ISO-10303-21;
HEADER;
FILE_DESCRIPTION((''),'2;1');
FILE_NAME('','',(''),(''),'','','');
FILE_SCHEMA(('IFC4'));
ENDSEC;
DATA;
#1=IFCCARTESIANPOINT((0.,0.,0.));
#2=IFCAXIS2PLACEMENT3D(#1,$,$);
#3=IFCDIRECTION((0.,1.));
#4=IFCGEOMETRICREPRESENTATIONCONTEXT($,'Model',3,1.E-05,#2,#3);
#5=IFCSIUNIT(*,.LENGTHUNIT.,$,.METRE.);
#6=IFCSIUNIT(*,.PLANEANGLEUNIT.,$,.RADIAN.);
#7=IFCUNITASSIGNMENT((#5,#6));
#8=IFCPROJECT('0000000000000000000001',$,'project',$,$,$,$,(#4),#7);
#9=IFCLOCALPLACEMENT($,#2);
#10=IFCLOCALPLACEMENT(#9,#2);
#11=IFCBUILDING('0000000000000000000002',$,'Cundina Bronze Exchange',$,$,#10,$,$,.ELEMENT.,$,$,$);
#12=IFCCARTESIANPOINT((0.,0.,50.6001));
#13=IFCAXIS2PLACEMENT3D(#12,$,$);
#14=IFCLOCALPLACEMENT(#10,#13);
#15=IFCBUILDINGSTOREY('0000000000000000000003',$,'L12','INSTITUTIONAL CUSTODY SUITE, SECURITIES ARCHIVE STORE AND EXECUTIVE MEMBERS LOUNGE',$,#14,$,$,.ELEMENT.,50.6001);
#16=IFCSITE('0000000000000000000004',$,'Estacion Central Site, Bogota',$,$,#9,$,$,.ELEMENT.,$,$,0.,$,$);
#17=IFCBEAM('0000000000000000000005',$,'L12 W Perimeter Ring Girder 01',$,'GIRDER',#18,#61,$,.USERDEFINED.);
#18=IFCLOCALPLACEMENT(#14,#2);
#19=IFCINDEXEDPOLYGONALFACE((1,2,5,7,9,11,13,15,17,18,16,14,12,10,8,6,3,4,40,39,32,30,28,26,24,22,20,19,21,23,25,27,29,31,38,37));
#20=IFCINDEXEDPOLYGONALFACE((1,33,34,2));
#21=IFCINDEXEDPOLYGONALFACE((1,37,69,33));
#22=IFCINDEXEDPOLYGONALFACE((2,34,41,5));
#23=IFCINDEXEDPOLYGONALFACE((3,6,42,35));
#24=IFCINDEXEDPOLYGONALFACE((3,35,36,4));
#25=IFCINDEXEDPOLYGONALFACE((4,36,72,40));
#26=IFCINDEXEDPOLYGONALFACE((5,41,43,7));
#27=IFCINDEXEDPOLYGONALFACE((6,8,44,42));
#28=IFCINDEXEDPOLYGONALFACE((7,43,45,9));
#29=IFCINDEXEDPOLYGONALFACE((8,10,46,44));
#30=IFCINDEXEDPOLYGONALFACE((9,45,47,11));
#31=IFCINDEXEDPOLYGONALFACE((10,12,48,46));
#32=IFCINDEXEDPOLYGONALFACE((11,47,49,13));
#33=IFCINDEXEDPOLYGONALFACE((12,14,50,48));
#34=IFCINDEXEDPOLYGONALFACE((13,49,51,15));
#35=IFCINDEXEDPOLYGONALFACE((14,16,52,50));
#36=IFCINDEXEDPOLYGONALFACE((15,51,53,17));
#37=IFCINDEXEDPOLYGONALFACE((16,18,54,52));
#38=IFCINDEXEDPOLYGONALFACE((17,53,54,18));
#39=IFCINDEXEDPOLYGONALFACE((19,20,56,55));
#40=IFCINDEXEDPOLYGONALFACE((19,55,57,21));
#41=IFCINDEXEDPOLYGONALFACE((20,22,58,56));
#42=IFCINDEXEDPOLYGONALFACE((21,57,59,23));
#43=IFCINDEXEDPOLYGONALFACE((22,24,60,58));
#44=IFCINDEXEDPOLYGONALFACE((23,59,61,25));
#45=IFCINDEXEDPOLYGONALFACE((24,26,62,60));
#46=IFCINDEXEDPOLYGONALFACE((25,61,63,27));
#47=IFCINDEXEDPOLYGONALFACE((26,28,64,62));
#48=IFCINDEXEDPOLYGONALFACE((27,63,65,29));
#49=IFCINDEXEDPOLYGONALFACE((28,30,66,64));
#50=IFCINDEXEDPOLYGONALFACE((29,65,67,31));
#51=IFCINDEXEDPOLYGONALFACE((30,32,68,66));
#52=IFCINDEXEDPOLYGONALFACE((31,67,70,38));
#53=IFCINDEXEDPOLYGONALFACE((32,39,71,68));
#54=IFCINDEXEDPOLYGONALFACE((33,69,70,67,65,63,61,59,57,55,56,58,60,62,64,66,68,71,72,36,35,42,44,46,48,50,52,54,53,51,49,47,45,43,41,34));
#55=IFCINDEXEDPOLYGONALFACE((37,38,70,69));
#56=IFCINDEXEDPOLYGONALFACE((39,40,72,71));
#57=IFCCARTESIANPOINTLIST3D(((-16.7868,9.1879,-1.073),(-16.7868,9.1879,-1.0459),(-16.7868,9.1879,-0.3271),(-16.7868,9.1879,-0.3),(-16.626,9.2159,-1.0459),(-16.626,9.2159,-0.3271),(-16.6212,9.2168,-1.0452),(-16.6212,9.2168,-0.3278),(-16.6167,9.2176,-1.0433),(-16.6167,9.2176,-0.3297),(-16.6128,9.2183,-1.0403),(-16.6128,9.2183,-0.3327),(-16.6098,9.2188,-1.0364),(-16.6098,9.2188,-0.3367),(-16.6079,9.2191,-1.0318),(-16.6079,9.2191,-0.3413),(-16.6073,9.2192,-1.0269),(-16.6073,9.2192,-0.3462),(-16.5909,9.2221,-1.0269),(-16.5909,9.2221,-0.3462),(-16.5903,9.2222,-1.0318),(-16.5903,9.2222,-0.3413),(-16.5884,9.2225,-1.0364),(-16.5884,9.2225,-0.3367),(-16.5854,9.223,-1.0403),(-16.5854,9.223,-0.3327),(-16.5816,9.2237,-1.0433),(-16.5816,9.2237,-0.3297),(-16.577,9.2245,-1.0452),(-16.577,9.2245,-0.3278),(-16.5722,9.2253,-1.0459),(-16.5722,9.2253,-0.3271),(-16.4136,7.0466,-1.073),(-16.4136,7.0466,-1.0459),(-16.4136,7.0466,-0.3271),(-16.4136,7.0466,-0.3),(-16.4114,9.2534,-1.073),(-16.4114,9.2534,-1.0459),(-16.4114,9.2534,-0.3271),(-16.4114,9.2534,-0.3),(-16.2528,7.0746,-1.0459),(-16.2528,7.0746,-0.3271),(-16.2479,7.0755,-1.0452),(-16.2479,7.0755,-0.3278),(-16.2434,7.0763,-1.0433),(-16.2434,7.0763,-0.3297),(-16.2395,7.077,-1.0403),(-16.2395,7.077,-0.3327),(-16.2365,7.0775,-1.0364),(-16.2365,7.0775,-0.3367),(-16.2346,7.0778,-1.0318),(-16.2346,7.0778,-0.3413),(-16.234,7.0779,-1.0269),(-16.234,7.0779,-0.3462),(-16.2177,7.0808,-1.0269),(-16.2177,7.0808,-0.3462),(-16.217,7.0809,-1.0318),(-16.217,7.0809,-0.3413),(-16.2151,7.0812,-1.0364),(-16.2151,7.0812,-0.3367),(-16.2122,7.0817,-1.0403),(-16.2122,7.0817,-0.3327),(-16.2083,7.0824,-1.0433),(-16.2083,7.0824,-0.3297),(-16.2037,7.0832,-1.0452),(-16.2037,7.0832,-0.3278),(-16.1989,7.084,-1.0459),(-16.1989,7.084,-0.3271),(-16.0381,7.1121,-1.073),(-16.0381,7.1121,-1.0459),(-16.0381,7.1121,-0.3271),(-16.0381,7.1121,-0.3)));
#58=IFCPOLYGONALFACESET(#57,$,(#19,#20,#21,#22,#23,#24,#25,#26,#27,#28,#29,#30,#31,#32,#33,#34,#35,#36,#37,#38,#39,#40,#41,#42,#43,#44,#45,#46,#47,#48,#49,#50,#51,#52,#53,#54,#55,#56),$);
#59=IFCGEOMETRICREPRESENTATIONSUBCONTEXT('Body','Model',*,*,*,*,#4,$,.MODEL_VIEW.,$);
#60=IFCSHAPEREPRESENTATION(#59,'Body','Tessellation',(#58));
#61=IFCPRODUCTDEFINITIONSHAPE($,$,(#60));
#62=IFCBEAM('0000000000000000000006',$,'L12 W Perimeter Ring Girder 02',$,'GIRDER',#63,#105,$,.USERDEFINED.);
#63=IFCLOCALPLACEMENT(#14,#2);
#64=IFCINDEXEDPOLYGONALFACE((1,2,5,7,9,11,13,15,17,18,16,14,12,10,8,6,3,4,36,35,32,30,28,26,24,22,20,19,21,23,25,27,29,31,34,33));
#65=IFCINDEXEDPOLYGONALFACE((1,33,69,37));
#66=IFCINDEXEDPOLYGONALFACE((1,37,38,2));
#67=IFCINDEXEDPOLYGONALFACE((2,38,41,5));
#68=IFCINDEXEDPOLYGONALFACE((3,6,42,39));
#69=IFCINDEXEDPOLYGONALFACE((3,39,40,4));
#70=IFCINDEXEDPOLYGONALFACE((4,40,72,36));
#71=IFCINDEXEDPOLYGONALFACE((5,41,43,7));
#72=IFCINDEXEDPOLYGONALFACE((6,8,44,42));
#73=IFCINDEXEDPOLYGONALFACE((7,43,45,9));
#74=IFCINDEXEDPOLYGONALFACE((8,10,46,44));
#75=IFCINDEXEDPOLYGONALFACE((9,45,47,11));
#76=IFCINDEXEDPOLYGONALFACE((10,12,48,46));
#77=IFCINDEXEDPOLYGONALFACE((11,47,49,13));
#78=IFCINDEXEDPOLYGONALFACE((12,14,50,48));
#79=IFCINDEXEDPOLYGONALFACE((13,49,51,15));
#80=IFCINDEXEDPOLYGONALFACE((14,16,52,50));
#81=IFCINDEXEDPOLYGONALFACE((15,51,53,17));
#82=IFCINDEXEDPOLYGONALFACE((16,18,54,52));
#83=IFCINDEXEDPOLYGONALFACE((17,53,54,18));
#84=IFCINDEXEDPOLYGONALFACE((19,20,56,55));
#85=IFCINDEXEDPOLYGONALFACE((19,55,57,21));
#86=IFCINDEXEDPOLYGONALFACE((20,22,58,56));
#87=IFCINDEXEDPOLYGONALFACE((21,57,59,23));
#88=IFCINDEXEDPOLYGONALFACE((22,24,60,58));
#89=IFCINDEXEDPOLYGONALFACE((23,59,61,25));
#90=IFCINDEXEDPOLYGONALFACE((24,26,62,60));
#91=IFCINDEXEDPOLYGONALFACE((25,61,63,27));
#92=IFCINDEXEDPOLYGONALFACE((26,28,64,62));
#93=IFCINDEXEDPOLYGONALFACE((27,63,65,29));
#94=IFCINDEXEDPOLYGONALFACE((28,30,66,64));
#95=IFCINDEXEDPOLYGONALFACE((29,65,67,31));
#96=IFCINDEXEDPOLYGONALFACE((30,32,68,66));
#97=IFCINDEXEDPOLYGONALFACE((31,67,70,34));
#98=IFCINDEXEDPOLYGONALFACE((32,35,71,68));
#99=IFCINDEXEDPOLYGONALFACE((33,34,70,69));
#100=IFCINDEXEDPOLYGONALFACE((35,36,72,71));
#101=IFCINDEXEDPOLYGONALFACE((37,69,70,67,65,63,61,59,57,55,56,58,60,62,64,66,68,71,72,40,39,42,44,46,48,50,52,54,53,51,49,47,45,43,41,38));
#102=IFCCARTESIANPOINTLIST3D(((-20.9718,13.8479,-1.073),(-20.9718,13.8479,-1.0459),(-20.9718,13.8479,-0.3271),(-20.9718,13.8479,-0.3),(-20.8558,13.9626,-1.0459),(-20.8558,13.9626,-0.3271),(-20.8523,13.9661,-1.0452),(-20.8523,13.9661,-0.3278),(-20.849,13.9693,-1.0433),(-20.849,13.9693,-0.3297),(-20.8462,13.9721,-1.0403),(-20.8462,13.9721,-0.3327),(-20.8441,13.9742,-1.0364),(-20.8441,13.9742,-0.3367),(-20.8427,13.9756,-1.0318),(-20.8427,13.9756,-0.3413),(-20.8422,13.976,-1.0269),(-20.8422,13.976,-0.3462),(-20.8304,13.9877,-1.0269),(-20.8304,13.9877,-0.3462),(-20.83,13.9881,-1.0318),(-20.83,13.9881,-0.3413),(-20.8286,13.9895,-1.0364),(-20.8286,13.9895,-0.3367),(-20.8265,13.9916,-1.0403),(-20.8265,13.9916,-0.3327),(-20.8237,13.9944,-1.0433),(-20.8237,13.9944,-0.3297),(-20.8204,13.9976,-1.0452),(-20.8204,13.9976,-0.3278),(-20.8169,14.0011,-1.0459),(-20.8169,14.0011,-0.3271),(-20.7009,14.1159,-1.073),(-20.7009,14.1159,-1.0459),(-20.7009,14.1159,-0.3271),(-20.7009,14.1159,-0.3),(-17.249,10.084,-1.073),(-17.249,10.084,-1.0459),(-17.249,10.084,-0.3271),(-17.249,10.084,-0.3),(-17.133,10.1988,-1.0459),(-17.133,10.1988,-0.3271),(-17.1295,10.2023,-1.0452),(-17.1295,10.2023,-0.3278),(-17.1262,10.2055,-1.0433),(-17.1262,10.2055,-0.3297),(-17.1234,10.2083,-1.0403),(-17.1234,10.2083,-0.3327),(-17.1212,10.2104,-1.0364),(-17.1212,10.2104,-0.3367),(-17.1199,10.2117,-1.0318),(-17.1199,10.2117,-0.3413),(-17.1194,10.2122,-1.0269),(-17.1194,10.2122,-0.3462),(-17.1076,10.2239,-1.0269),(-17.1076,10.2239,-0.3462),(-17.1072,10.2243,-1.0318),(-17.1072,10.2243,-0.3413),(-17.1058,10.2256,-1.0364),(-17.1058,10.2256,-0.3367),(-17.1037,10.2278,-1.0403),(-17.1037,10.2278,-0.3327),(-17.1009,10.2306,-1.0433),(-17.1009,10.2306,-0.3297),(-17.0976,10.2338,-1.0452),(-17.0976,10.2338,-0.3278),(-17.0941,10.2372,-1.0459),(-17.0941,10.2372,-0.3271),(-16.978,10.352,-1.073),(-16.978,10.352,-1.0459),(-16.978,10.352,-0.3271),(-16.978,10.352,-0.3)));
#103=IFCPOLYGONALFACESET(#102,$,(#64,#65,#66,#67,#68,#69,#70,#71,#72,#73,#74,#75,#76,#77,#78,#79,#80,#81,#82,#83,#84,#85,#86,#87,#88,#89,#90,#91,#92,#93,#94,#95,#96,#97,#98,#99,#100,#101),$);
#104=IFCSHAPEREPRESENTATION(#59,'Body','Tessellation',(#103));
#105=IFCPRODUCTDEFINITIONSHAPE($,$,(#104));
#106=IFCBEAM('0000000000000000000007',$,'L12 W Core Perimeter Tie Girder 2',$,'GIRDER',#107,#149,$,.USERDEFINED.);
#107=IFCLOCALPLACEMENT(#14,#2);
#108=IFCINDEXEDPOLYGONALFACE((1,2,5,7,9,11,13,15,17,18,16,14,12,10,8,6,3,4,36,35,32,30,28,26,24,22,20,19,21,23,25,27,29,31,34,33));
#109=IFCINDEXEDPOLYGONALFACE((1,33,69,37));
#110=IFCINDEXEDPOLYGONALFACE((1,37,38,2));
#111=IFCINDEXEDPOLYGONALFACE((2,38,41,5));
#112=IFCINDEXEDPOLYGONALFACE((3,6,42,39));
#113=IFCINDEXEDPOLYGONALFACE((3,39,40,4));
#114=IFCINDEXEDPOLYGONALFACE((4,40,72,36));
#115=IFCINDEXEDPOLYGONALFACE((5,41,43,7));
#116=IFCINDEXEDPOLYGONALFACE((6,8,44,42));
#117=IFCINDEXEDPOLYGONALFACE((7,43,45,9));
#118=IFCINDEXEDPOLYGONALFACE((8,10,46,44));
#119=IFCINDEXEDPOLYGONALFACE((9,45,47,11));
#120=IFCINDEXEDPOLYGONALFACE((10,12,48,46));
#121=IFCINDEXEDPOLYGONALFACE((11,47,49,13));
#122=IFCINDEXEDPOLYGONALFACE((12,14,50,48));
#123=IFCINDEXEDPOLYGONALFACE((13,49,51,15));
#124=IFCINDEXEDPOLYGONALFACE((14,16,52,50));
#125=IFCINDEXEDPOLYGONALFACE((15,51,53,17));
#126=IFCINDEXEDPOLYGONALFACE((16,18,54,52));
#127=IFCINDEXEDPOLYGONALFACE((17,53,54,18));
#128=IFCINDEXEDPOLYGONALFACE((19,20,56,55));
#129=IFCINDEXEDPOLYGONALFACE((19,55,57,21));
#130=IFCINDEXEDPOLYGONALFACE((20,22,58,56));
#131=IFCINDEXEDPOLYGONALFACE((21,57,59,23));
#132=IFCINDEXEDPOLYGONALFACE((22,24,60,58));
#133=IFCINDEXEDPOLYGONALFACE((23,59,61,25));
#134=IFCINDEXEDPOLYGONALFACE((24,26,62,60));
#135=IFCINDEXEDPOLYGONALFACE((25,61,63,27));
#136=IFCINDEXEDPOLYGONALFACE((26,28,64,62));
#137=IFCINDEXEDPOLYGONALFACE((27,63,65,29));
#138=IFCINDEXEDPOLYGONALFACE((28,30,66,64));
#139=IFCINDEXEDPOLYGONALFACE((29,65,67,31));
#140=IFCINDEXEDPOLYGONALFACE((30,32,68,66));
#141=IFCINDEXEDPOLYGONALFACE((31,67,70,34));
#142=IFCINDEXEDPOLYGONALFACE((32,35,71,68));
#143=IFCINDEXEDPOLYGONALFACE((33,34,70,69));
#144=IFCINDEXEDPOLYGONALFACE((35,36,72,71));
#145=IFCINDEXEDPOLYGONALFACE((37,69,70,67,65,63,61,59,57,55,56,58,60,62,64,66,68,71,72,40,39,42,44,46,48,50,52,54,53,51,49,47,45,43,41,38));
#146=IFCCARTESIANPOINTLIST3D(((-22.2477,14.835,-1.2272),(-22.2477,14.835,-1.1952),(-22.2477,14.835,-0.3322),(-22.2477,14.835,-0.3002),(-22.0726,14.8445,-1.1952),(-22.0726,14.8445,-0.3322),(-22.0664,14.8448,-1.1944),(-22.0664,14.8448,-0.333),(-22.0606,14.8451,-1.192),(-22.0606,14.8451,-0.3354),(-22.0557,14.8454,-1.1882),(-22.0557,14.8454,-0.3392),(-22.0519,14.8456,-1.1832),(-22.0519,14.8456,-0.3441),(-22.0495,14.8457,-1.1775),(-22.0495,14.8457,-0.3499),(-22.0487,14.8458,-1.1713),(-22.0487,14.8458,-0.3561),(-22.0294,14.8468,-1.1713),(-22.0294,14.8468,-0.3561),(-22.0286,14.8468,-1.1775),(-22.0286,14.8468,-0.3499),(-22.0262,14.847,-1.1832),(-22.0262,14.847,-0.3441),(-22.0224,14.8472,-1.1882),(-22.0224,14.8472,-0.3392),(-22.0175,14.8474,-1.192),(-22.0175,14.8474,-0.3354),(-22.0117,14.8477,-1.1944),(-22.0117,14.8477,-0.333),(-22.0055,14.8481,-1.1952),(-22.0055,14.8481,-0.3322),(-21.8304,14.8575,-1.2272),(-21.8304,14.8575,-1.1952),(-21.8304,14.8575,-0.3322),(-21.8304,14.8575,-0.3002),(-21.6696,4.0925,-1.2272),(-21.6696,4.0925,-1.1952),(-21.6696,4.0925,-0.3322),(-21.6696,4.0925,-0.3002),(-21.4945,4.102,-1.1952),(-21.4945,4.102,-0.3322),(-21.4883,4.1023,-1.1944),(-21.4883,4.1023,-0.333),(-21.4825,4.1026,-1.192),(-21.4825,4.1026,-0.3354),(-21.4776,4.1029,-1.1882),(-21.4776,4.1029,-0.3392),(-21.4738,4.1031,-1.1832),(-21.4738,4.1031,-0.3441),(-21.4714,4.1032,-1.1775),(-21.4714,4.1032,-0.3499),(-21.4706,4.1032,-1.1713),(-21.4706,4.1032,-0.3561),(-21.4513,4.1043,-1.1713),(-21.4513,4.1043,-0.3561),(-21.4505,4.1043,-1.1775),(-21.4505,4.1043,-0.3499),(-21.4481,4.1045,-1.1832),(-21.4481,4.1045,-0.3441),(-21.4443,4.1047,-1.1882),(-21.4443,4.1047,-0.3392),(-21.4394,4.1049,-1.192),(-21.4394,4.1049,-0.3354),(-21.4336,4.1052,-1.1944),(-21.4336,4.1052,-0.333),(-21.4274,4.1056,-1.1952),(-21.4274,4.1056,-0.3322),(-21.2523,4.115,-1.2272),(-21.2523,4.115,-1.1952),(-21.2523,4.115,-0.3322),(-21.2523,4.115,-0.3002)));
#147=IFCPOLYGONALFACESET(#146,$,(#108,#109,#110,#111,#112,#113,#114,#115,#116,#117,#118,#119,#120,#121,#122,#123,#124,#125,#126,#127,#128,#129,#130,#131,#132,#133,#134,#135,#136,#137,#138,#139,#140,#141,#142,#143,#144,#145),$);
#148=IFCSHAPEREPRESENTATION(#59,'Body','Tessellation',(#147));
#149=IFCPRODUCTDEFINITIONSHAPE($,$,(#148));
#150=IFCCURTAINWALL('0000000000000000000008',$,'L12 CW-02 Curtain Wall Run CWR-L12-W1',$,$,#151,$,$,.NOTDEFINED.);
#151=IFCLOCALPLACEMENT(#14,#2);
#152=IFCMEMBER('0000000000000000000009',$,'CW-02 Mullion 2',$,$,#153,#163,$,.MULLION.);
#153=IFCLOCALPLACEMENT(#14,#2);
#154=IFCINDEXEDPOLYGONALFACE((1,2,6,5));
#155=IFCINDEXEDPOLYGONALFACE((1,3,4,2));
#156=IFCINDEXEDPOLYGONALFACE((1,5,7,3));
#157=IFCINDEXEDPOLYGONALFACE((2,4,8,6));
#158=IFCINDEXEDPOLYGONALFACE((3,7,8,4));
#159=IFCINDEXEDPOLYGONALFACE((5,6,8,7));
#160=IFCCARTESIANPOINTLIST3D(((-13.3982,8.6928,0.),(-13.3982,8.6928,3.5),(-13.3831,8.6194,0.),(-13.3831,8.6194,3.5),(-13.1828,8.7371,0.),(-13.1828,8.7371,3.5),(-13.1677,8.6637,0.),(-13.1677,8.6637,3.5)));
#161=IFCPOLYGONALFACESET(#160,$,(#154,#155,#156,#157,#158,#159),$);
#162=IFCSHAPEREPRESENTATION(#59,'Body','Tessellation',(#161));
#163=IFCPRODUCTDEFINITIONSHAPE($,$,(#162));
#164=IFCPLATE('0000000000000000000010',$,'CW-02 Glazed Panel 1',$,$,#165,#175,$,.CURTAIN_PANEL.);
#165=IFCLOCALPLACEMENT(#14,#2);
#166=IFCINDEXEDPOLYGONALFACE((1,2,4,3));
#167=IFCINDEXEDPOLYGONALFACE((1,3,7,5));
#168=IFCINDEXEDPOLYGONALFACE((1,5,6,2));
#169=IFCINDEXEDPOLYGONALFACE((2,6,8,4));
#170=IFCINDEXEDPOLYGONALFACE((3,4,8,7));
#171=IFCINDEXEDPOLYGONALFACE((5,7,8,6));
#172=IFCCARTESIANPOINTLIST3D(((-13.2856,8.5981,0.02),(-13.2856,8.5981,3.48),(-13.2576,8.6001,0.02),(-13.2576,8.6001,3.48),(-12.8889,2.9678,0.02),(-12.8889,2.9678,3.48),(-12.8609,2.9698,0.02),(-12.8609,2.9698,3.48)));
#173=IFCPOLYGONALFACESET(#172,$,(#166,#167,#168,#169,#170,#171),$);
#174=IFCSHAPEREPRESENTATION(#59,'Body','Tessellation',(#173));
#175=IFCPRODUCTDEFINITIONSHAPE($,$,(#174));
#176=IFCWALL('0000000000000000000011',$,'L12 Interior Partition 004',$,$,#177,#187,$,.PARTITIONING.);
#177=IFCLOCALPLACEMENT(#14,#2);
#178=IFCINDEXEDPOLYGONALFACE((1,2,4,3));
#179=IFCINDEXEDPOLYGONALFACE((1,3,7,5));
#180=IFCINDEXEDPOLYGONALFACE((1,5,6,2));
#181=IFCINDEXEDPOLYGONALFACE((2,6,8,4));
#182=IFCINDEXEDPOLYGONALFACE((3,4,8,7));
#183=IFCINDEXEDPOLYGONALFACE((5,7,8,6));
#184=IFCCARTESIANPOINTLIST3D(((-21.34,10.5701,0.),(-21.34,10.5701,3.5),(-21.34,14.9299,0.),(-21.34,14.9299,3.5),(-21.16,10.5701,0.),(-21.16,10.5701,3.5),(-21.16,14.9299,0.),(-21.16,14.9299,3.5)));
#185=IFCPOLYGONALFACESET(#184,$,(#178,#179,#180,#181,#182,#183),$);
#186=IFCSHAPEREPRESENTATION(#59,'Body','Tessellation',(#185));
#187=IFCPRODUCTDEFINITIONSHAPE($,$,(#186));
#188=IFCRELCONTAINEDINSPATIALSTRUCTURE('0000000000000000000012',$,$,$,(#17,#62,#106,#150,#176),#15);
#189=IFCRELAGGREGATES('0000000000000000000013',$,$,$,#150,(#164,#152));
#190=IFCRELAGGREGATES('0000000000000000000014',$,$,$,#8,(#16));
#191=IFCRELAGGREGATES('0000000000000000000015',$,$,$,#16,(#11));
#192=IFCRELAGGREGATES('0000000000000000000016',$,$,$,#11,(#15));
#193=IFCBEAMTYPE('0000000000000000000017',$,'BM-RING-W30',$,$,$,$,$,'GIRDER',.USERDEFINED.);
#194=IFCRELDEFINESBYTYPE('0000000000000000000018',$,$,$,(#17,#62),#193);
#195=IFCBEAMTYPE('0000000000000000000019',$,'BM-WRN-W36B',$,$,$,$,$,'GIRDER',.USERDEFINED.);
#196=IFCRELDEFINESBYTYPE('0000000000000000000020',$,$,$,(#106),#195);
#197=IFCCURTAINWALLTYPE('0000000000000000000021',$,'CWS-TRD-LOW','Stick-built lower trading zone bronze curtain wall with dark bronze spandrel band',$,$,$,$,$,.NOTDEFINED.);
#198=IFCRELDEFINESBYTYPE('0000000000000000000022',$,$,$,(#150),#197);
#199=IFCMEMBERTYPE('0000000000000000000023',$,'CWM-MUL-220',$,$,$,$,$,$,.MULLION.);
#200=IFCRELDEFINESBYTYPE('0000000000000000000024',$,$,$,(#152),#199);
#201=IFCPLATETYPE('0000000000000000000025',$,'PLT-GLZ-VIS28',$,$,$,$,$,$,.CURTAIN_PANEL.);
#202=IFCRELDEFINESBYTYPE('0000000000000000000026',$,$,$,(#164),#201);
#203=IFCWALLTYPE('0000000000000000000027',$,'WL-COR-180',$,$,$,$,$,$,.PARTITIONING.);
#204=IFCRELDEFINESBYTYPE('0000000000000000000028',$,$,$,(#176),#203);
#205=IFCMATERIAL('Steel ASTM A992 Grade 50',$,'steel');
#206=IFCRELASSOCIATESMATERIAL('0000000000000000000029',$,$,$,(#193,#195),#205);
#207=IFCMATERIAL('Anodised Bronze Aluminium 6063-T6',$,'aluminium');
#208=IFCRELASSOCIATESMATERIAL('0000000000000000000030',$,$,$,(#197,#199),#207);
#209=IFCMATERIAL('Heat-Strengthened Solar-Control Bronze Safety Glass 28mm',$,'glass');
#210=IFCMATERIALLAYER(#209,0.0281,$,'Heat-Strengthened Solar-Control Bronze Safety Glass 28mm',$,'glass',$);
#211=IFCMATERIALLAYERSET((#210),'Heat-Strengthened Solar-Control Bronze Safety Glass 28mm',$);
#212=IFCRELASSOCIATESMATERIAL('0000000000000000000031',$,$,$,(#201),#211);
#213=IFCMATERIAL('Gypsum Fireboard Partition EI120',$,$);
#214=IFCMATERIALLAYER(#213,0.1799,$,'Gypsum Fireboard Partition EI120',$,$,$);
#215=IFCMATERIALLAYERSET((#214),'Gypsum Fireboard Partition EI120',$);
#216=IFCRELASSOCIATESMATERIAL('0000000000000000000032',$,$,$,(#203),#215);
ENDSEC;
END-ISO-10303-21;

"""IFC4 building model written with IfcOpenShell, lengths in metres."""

from ifc_helpers import new_model, si_unit, direction, frame, frame_2d, origin, origin_2d, place, context, subcontext, project, spatial, rectangle, i_section, extrude, material, layer, layer_set, material_profile, profile_set, type_object, element, aggregate, save


model = new_model("IFC4")

# Units and contexts
model_context = context("Model", 3, precision=1e-05, world=origin(), true_north=direction((0.0, 1.0)))
body_context = subcontext(model_context, "Body", "Model", "MODEL_VIEW")
ifc_project = project(units=[si_unit("LENGTHUNIT", "METRE"), si_unit("PLANEANGLEUNIT", "RADIAN")], contexts=[model_context])

# Site, building, storey
site_placement = place(None, origin())
site = spatial("IfcSite", under=ifc_project, at=site_placement, Name="Estacion Central Site, Bogota", CompositionType="ELEMENT", RefElevation=0.0)
building_placement = place(site_placement, origin())
building = spatial("IfcBuilding", under=site, at=building_placement, Name="Cundina Bronze Exchange", CompositionType="ELEMENT")
storey_placement = place(building_placement, frame((0.0, 0.0, 50.6001)))
storey = spatial("IfcBuildingStorey", under=building, at=storey_placement, Name="L12", Description="INSTITUTIONAL CUSTODY SUITE, SECURITIES ARCHIVE STORE AND EXECUTIVE MEMBERS LOUNGE", CompositionType="ELEMENT", Elevation=50.6001)

# Beams
ifc_material_1 = material(Name="Steel ASTM A992 Grade 50", Category="steel")
ifc_material_profile_1 = material_profile(ifc_material_1, i_section(OverallWidth=0.3811, OverallDepth=0.7729, WebThickness=0.0166, FlangeThickness=0.0271, FilletRadius=0.019, at=origin_2d()), Name="W30X173", Category="steel")
ifc_profile_set_1 = profile_set([ifc_material_profile_1], Name="Steel ASTM A992 Grade 50")
beam_type_1 = type_object("IfcBeamType", Name="BM-RING-W30", ElementType="GIRDER", PredefinedType="USERDEFINED", material=ifc_profile_set_1)
beam_1_placement = place(storey_placement, frame((-16.2258, 7.0793, -0.6865), z_axis=(-0.171735, 0.985143, 0.0), x_axis=(-0.985143, -0.171735, 0.0)))
element("IfcBeam", 1, at=beam_1_placement, inside=storey, type_object=beam_type_1, Name="L12 W Perimeter Ring Girder 01", ObjectType="GIRDER", PredefinedType="USERDEFINED", context=body_context, shape_type="SweptSolid", body=[
    extrude(i_section(OverallWidth=0.3811, OverallDepth=0.7729, WebThickness=0.0166, FlangeThickness=0.0271, FilletRadius=0.019, at=origin_2d()), origin(), (0.0, 0.0, 1.0), 2.1736),
])
beam_2_placement = place(storey_placement, frame((-17.1135, 10.218, -0.6865), z_axis=(-0.703222, 0.71097, 0.0), x_axis=(-0.71097, -0.703222, 0.0)))
element("IfcBeam", 2, at=beam_2_placement, inside=storey, type_object=beam_type_1, Name="L12 W Perimeter Ring Girder 02", ObjectType="GIRDER", PredefinedType="USERDEFINED", context=body_context, shape_type="SweptSolid", body=[
    extrude(i_section(OverallWidth=0.3811, OverallDepth=0.7729, WebThickness=0.0166, FlangeThickness=0.0271, FilletRadius=0.019, at=origin_2d()), origin(), (0.0, 0.0, 1.0), 5.2939),
])
ifc_material_profile_2 = material_profile(ifc_material_1, i_section(OverallWidth=0.418, OverallDepth=0.927, WebThickness=0.0193, FlangeThickness=0.032, FilletRadius=0.0239, at=origin_2d()), Name="W36X231", Category="steel")
ifc_profile_set_2 = profile_set([ifc_material_profile_2], Name="Steel ASTM A992 Grade 50")
beam_type_2 = type_object("IfcBeamType", Name="BM-WRN-W36B", ElementType="GIRDER", PredefinedType="USERDEFINED", material=ifc_profile_set_2)
beam_3_placement = place(storey_placement, frame((-21.4609, 4.1038, -0.7637), z_axis=(-0.053739, 0.998555, 0.0), x_axis=(-0.998555, -0.053739, 0.0)))
element("IfcBeam", 3, at=beam_3_placement, inside=storey, type_object=beam_type_2, Name="L12 W Core Perimeter Tie Girder 2", ObjectType="GIRDER", PredefinedType="USERDEFINED", context=body_context, shape_type="SweptSolid", body=[
    extrude(i_section(OverallWidth=0.418, OverallDepth=0.927, WebThickness=0.0193, FlangeThickness=0.032, FilletRadius=0.0239, at=origin_2d()), origin(), (0.0, 0.0, 1.0), 10.7581),
])

# Curtain wall, member, plate
ifc_material_2 = material(Name="Anodised Bronze Aluminium 6063-T6", Category="aluminium")
curtain_wall_type = type_object("IfcCurtainWallType", Name="CWS-TRD-LOW", Description="Stick-built lower trading zone bronze curtain wall with dark bronze spandrel band", PredefinedType="NOTDEFINED", material=ifc_material_2)
curtain_wall_placement = place(storey_placement, origin())
curtain_wall = element("IfcCurtainWall", 4, at=curtain_wall_placement, inside=storey, type_object=curtain_wall_type, Name="L12 CW-02 Curtain Wall Run CWR-L12-W1", PredefinedType="NOTDEFINED")
ifc_material_profile_3 = material_profile(ifc_material_2, rectangle(XDim=0.075, YDim=0.22, at=origin_2d()), Name="AL75X220", Category="aluminium")
ifc_profile_set_3 = profile_set([ifc_material_profile_3], Name="Anodised Bronze Aluminium 6063-T6")
member_type = type_object("IfcMemberType", Name="CWM-MUL-220", PredefinedType="MULLION", material=ifc_profile_set_3)
member_placement = place(storey_placement, frame((-13.283, 8.6782, 0.0), z_axis=(0.0, 0.0, 1.0), x_axis=(-0.20142, 0.979505, 0.0)))
member = element("IfcMember", 5, at=member_placement, type_object=member_type, Name="CW-02 Mullion 2", PredefinedType="MULLION", context=body_context, shape_type="SweptSolid", body=[
    extrude(rectangle(XDim=0.075, YDim=0.22, at=origin_2d()), origin(), (0.0, 0.0, 1.0), 3.5),
])
ifc_material_3 = material(Name="Heat-Strengthened Solar-Control Bronze Safety Glass 28mm", Category="glass")
ifc_layer_1 = layer(ifc_material_3, 0.0281, Name="Heat-Strengthened Solar-Control Bronze Safety Glass 28mm", Category="glass")
ifc_layer_set_1 = layer_set([ifc_layer_1], Name="Heat-Strengthened Solar-Control Bronze Safety Glass 28mm")
plate_type = type_object("IfcPlateType", Name="PLT-GLZ-VIS28", PredefinedType="CURTAIN_PANEL", material=ifc_layer_set_1)
plate_placement = place(storey_placement, frame((-13.0732, 5.7839, 0.02), z_axis=(0.0, 0.0, 1.0), x_axis=(-0.070279, 0.997527, 0.0)))
plate = element("IfcPlate", 6, at=plate_placement, type_object=plate_type, Name="CW-02 Glazed Panel 1", PredefinedType="CURTAIN_PANEL", context=body_context, shape_type="SweptSolid", body=[
    extrude(rectangle(XDim=5.6443, YDim=0.0281, at=origin_2d()), origin(), (0.0, 0.0, 1.0), 3.46),
])
aggregate(curtain_wall, [plate, member])

# Wall
ifc_material_4 = material(Name="Gypsum Fireboard Partition EI120")
ifc_layer_2 = layer(ifc_material_4, 0.1799, Name="Gypsum Fireboard Partition EI120")
ifc_layer_set_2 = layer_set([ifc_layer_2], Name="Gypsum Fireboard Partition EI120")
wall_type_1 = type_object("IfcWallType", Name="WL-COR-180", PredefinedType="PARTITIONING", material=ifc_layer_set_2)
wall_1_placement = place(storey_placement, frame((-21.25, 10.5701, 0.0), z_axis=(0.0, 0.0, 1.0), x_axis=(0.0, 1.0, 0.0)))
element("IfcWall", 7, at=wall_1_placement, inside=storey, type_object=wall_type_1, Name="L12 Interior Partition 004", PredefinedType="PARTITIONING", context=body_context, shape_type="SweptSolid", body=[
    extrude(rectangle(XDim=4.3599, YDim=0.1799, at=frame_2d((2.1799, 0.0))), origin(), (0.0, 0.0, 1.0), 3.5),
])

save(model, "model.ifc")
